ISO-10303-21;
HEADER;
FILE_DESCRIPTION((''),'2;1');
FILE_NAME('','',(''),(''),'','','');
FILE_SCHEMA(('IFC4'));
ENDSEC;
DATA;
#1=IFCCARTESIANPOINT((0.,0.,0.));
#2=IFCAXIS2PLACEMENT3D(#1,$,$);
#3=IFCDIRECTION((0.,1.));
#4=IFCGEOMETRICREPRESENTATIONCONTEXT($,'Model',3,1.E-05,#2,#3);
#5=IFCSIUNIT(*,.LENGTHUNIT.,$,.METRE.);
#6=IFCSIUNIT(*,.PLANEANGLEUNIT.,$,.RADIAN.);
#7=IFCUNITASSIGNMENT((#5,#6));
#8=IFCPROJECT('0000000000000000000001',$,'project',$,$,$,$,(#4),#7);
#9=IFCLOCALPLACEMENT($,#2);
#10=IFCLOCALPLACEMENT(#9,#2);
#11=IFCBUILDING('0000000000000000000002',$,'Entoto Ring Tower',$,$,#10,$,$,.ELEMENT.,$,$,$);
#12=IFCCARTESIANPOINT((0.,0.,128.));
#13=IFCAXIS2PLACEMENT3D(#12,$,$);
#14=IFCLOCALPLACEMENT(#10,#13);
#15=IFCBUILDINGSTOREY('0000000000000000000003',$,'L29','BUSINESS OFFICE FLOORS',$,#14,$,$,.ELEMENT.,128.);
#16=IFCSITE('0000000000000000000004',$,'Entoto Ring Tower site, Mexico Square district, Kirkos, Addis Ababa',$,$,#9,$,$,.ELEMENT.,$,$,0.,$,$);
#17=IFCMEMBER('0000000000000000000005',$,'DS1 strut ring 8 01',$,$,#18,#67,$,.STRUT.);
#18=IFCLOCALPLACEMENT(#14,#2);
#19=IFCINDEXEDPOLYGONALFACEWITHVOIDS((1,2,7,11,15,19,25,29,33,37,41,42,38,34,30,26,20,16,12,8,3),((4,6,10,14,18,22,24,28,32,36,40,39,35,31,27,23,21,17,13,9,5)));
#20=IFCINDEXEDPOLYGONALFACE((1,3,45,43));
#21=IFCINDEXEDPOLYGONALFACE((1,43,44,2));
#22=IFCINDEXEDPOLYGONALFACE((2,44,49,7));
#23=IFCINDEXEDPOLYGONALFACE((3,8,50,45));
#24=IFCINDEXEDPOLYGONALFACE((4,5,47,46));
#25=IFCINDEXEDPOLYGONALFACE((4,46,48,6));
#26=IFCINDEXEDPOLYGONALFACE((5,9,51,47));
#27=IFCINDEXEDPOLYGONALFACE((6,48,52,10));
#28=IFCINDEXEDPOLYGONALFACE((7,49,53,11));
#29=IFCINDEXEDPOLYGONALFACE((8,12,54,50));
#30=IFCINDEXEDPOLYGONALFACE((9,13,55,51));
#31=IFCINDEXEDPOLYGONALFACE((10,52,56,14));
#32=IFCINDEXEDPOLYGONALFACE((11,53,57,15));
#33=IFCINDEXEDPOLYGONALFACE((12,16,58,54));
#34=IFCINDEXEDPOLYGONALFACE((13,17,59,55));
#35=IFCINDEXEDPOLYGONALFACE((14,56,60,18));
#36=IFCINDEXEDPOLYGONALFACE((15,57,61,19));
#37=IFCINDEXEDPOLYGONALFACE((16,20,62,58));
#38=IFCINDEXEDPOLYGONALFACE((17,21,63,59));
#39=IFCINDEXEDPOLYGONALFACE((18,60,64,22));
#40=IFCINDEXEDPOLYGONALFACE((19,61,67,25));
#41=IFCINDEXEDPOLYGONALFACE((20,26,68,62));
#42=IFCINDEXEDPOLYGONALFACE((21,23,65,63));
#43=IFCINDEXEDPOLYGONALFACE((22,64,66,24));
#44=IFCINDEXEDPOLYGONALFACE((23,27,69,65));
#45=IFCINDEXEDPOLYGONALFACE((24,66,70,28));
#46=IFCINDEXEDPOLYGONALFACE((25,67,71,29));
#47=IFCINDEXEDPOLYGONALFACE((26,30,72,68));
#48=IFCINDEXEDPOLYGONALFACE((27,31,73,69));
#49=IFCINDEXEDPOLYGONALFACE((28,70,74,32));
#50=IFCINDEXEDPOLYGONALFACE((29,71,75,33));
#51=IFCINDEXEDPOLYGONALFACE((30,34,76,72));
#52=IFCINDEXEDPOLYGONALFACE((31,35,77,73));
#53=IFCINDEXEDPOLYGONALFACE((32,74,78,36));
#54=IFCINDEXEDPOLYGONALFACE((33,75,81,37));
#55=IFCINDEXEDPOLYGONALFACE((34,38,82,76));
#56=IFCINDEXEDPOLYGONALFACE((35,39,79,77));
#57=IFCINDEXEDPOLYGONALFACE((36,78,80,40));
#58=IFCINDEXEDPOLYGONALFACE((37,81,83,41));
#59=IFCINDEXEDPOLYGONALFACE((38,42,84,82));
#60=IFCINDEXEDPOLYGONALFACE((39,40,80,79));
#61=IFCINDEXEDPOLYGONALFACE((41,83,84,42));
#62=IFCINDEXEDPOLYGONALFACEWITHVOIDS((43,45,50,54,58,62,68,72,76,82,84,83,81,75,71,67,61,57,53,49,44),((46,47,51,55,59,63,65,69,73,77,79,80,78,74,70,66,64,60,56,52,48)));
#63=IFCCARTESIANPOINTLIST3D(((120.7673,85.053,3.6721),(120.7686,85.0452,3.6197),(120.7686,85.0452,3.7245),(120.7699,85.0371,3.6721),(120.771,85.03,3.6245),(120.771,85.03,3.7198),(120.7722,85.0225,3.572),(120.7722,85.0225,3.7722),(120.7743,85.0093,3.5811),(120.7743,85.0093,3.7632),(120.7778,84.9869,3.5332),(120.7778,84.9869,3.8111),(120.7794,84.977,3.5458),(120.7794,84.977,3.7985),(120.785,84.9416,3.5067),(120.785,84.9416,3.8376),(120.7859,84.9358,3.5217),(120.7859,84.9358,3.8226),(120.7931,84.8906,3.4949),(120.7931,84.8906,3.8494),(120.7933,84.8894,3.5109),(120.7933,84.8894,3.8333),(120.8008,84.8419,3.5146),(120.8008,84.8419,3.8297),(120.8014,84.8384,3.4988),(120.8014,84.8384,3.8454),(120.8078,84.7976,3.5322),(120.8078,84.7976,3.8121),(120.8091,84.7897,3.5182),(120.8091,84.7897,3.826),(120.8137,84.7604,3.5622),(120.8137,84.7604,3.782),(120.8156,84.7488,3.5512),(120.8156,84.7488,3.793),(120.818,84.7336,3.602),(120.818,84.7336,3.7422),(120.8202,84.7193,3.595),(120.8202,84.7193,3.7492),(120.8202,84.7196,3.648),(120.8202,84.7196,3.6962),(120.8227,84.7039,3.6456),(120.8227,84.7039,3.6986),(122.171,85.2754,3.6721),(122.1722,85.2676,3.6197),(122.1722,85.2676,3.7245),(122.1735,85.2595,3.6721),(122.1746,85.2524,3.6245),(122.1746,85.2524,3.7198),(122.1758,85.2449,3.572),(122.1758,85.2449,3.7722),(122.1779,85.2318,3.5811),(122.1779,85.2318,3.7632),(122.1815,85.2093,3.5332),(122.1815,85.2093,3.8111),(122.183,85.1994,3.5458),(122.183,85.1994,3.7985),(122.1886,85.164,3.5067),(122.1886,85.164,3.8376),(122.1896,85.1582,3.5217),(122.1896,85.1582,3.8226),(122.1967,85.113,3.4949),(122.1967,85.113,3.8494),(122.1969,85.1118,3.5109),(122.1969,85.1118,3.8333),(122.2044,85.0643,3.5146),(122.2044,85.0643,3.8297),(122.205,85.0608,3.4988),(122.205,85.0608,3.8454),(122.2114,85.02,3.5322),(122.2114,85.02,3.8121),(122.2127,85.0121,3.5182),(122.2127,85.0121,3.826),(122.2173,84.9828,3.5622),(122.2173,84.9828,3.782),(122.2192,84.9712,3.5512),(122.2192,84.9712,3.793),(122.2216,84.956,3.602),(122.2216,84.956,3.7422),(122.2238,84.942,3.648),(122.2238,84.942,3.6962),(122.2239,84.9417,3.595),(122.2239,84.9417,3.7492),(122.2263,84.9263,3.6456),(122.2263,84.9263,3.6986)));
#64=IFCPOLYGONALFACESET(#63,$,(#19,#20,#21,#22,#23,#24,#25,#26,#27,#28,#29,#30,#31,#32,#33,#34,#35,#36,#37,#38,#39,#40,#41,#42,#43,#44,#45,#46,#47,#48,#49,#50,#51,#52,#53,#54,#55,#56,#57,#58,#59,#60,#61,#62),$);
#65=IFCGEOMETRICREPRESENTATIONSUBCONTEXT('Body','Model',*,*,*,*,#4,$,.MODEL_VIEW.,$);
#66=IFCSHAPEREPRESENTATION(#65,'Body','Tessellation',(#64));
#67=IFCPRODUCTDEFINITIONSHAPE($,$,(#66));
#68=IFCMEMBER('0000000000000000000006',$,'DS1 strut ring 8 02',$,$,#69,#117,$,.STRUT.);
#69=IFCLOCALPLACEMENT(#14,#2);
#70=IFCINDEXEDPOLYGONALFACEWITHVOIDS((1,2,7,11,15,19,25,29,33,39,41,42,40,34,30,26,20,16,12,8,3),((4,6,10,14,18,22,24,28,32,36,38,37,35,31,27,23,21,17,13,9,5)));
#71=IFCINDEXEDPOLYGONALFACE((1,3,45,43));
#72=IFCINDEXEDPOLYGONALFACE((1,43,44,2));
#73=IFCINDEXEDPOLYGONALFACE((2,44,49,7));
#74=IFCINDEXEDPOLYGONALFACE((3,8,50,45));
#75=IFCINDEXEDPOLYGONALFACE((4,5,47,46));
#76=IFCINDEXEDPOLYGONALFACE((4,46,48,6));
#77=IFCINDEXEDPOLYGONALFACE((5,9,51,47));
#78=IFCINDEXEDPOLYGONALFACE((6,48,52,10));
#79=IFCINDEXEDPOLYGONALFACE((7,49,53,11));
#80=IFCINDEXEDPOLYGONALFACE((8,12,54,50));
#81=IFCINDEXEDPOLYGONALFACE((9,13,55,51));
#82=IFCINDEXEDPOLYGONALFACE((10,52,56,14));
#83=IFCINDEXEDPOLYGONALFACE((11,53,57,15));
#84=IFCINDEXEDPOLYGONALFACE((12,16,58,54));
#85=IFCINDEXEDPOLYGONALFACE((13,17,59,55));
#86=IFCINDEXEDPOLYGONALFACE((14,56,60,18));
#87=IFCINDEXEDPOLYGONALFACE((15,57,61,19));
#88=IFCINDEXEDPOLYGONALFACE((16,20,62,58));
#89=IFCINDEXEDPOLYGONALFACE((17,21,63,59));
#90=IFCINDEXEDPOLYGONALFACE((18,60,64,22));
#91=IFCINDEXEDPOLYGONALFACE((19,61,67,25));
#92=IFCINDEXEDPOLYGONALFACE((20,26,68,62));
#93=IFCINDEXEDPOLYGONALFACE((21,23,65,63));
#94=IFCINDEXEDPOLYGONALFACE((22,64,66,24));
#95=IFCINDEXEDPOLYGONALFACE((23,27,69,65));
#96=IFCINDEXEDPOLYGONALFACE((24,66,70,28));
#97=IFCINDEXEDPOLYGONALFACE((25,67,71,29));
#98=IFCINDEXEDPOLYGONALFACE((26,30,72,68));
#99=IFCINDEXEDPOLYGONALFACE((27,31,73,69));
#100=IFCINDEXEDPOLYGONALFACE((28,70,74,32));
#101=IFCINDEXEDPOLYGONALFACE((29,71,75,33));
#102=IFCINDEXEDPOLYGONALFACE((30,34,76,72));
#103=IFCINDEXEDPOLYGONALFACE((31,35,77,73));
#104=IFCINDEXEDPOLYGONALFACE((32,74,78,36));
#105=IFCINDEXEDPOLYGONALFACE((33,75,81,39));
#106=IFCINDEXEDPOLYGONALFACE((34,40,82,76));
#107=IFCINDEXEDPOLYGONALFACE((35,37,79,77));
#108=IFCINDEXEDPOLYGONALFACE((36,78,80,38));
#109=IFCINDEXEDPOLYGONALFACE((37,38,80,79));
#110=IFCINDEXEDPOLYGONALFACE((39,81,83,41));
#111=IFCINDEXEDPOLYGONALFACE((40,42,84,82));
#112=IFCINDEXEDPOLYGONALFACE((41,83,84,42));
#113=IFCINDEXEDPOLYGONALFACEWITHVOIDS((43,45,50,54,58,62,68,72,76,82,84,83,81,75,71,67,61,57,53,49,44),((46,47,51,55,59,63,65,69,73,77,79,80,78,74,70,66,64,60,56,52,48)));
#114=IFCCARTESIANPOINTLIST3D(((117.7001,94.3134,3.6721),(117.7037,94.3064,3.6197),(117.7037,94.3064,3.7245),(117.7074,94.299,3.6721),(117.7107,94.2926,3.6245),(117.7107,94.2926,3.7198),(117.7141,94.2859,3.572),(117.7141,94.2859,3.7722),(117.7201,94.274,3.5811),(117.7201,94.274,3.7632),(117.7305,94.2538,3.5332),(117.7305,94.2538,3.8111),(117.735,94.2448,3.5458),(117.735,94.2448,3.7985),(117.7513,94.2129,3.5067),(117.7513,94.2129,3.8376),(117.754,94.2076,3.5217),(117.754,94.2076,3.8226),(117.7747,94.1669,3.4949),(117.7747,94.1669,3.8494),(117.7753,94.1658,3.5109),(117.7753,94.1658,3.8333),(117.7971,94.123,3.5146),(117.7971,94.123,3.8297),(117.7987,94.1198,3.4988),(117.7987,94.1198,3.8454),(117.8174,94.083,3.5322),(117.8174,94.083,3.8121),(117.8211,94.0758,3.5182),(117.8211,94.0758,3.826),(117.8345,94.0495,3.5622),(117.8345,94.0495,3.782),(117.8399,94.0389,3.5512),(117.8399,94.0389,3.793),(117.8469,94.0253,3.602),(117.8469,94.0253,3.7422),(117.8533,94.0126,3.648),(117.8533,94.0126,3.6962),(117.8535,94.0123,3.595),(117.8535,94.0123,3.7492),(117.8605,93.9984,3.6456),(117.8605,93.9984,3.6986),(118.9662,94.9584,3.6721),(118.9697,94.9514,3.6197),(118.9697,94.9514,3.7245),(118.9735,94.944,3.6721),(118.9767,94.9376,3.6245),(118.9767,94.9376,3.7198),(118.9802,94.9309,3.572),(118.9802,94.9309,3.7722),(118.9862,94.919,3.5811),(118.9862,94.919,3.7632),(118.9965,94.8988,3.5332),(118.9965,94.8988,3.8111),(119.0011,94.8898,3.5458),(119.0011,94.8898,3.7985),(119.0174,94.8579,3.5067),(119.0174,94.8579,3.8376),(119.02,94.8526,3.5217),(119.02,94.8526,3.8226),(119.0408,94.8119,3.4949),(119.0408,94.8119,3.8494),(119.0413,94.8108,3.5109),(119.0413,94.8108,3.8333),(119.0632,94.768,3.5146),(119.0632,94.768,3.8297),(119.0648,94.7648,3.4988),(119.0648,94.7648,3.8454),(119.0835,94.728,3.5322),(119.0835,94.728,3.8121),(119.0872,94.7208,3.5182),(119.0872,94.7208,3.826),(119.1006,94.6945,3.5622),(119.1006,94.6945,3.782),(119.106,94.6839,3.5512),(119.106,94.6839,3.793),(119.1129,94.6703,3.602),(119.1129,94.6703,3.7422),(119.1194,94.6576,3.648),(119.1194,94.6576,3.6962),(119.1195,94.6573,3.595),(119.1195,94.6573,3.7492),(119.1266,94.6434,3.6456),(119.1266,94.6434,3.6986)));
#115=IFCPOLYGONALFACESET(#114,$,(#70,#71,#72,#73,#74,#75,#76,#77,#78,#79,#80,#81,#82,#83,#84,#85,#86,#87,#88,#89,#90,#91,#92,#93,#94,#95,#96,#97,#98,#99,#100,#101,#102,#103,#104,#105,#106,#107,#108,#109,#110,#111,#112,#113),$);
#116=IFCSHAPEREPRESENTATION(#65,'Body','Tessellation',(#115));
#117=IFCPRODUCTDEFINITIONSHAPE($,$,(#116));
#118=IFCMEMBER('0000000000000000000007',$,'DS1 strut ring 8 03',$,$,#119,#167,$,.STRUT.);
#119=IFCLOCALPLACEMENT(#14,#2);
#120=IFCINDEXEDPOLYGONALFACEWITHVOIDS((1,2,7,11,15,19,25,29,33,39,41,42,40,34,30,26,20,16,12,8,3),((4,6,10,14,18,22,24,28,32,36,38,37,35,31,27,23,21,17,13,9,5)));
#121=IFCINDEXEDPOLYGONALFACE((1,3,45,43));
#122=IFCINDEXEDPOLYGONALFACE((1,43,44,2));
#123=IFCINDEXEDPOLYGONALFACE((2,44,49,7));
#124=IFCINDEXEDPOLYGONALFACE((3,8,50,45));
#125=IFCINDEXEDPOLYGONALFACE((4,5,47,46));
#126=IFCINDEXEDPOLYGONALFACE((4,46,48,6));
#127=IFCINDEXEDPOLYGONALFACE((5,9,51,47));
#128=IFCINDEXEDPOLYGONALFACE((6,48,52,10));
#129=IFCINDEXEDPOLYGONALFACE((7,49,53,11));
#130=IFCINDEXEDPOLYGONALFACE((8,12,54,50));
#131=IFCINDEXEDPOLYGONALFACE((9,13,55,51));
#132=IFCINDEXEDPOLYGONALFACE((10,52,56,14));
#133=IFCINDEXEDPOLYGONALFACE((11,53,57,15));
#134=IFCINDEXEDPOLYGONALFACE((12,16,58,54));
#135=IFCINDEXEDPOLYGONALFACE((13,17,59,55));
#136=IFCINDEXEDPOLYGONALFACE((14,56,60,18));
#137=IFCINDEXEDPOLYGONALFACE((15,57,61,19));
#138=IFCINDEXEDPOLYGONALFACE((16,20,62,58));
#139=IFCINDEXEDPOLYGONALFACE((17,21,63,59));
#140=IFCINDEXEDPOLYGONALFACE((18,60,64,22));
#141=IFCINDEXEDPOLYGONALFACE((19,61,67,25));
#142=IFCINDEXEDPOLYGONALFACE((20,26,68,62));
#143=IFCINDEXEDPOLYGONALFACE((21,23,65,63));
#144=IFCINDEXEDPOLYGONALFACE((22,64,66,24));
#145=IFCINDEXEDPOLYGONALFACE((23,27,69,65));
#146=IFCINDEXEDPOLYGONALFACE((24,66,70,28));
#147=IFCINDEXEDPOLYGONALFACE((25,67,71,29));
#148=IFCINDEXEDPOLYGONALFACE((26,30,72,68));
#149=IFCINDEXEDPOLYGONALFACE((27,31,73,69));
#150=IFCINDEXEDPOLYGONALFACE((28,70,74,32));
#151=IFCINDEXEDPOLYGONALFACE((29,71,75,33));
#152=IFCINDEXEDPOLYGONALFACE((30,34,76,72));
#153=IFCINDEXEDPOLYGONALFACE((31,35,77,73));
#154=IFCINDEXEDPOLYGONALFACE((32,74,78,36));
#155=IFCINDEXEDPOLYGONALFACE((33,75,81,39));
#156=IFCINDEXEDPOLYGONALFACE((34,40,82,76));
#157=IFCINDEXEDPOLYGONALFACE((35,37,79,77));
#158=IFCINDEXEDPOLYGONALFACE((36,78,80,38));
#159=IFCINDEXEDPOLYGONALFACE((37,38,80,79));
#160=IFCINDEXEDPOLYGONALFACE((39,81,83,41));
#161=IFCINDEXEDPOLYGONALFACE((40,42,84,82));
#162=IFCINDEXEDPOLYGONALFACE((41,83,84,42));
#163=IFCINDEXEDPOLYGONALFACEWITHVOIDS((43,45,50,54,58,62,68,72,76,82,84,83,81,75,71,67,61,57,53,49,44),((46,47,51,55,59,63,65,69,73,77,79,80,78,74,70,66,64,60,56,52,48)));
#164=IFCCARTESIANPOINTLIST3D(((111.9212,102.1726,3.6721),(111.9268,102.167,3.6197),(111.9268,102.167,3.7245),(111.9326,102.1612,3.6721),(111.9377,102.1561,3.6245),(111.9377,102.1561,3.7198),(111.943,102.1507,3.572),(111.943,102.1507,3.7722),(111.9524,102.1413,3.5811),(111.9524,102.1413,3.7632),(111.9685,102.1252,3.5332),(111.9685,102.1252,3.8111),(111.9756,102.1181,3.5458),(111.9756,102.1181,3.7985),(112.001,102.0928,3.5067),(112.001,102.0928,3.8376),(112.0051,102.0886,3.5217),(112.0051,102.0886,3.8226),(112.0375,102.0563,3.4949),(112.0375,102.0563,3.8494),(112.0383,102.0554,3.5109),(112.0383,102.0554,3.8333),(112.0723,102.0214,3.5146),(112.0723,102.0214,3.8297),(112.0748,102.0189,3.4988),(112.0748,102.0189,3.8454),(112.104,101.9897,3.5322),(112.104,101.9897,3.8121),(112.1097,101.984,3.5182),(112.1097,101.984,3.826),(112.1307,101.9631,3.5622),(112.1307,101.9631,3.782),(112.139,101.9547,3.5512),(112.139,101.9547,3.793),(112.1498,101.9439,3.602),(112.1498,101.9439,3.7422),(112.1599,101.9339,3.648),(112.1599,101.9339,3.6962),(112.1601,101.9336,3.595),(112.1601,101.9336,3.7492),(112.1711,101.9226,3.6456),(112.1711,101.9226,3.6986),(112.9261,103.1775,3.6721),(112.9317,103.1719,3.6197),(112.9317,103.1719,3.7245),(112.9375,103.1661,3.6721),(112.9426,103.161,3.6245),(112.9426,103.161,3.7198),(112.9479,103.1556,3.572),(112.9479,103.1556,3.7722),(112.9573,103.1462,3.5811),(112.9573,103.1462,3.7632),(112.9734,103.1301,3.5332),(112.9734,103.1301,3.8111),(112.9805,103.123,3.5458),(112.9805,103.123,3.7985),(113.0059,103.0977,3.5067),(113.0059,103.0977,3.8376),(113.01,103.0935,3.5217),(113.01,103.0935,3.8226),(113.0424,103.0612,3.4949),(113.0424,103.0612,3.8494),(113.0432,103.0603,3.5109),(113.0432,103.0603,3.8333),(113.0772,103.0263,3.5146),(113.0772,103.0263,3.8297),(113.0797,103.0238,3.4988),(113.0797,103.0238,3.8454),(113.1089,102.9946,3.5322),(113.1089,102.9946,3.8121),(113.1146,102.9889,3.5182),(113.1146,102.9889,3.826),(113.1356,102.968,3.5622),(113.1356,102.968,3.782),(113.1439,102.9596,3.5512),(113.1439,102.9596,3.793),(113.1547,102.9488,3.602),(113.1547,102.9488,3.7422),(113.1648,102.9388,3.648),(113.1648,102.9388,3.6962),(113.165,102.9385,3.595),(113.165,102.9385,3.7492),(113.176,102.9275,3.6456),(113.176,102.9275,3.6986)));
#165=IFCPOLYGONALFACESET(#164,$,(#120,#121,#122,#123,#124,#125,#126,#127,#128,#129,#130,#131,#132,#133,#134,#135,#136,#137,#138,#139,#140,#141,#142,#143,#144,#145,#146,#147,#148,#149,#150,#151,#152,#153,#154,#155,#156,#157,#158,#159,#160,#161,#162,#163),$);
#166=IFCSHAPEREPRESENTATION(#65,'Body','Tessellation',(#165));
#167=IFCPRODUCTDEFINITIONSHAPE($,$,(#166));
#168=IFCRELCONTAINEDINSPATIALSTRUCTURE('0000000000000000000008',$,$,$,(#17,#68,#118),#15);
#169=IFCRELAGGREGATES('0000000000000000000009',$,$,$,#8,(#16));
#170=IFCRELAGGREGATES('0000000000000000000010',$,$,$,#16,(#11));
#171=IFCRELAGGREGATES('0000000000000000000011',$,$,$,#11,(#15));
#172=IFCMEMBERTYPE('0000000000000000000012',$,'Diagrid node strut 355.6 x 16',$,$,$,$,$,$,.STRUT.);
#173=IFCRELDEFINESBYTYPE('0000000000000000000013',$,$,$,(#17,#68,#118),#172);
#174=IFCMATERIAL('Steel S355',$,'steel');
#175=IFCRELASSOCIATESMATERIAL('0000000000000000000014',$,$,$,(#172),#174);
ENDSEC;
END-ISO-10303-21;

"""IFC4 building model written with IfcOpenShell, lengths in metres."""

from ifc_helpers import new_model, si_unit, direction, frame, origin, origin_2d, place, context, subcontext, project, spatial, circle, hollow_circle, extrude, material, material_profile, profile_set, type_object, element, save


model = new_model("IFC4")

# Units and contexts
model_context = context("Model", 3, precision=1e-05, world=origin(), true_north=direction((0.0, 1.0)))
body_context = subcontext(model_context, "Body", "Model", "MODEL_VIEW")
ifc_project = project(units=[si_unit("LENGTHUNIT", "METRE"), si_unit("PLANEANGLEUNIT", "RADIAN")], contexts=[model_context])

# Site, building, storey
site_placement = place(None, origin())
site = spatial("IfcSite", under=ifc_project, at=site_placement, Name="Entoto Ring Tower site, Mexico Square district, Kirkos, Addis Ababa", CompositionType="ELEMENT", RefElevation=0.0)
building_placement = place(site_placement, origin())
building = spatial("IfcBuilding", under=site, at=building_placement, Name="Entoto Ring Tower", CompositionType="ELEMENT")
storey_placement = place(building_placement, frame((0.0, 0.0, 128.0)))
storey = spatial("IfcBuildingStorey", under=building, at=storey_placement, Name="L29", Description="BUSINESS OFFICE FLOORS", CompositionType="ELEMENT", Elevation=128.0)

# Members
ifc_material_1 = material(Name="Steel S355", Category="steel")
ifc_material_profile_1 = material_profile(ifc_material_1, hollow_circle(Radius=0.1777, WallThickness=0.0161, at=origin_2d()), Name="CHS 355.6 x 16")
ifc_material_2 = material(Name="Concrete C60/75", Category="concrete")
ifc_material_profile_2 = material_profile(ifc_material_2, circle(Radius=0.1619, at=origin_2d()), Name="Concrete C60/75 infill")
ifc_profile_set_1 = profile_set([ifc_material_profile_1, ifc_material_profile_2], Name="Steel S355")
member_type = type_object("IfcMemberType", Name="Diagrid node strut 355.6 x 16", PredefinedType="STRUT", material=ifc_profile_set_1)
member_1_placement = place(storey_placement, frame((120.7952, 84.8774, 3.6721), z_axis=(0.987676, 0.15651, 0.0), x_axis=(-0.15651, 0.987676, 0.0)))
element("IfcMember", 1, at=member_1_placement, inside=storey, type_object=member_type, Name="DS1 strut ring 8 01", PredefinedType="STRUT", context=body_context, shape_type="SweptSolid", body=[
    extrude(hollow_circle(Radius=0.1777, WallThickness=0.0161, at=origin_2d()), origin(), (0.0, 0.0, 1.0), 1.4211),
])
member_2_placement = place(storey_placement, frame((117.7808, 94.155, 3.6721), z_axis=(0.891034, 0.453936, 0.0), x_axis=(-0.453936, 0.891034, 0.0)))
element("IfcMember", 2, at=member_2_placement, inside=storey, type_object=member_type, Name="DS1 strut ring 8 02", PredefinedType="STRUT", context=body_context, shape_type="SweptSolid", body=[
    extrude(hollow_circle(Radius=0.1777, WallThickness=0.0161, at=origin_2d()), origin(), (0.0, 0.0, 1.0), 1.4209),
])
member_3_placement = place(storey_placement, frame((112.0469, 102.0469, 3.6721), z_axis=(0.707107, 0.707107, 0.0), x_axis=(-0.707107, 0.707107, 0.0)))
element("IfcMember", 3, at=member_3_placement, inside=storey, type_object=member_type, Name="DS1 strut ring 8 03", PredefinedType="STRUT", context=body_context, shape_type="SweptSolid", body=[
    extrude(hollow_circle(Radius=0.1777, WallThickness=0.0161, at=origin_2d()), origin(), (0.0, 0.0, 1.0), 1.4211),
])

save(model, "model.ifc")
